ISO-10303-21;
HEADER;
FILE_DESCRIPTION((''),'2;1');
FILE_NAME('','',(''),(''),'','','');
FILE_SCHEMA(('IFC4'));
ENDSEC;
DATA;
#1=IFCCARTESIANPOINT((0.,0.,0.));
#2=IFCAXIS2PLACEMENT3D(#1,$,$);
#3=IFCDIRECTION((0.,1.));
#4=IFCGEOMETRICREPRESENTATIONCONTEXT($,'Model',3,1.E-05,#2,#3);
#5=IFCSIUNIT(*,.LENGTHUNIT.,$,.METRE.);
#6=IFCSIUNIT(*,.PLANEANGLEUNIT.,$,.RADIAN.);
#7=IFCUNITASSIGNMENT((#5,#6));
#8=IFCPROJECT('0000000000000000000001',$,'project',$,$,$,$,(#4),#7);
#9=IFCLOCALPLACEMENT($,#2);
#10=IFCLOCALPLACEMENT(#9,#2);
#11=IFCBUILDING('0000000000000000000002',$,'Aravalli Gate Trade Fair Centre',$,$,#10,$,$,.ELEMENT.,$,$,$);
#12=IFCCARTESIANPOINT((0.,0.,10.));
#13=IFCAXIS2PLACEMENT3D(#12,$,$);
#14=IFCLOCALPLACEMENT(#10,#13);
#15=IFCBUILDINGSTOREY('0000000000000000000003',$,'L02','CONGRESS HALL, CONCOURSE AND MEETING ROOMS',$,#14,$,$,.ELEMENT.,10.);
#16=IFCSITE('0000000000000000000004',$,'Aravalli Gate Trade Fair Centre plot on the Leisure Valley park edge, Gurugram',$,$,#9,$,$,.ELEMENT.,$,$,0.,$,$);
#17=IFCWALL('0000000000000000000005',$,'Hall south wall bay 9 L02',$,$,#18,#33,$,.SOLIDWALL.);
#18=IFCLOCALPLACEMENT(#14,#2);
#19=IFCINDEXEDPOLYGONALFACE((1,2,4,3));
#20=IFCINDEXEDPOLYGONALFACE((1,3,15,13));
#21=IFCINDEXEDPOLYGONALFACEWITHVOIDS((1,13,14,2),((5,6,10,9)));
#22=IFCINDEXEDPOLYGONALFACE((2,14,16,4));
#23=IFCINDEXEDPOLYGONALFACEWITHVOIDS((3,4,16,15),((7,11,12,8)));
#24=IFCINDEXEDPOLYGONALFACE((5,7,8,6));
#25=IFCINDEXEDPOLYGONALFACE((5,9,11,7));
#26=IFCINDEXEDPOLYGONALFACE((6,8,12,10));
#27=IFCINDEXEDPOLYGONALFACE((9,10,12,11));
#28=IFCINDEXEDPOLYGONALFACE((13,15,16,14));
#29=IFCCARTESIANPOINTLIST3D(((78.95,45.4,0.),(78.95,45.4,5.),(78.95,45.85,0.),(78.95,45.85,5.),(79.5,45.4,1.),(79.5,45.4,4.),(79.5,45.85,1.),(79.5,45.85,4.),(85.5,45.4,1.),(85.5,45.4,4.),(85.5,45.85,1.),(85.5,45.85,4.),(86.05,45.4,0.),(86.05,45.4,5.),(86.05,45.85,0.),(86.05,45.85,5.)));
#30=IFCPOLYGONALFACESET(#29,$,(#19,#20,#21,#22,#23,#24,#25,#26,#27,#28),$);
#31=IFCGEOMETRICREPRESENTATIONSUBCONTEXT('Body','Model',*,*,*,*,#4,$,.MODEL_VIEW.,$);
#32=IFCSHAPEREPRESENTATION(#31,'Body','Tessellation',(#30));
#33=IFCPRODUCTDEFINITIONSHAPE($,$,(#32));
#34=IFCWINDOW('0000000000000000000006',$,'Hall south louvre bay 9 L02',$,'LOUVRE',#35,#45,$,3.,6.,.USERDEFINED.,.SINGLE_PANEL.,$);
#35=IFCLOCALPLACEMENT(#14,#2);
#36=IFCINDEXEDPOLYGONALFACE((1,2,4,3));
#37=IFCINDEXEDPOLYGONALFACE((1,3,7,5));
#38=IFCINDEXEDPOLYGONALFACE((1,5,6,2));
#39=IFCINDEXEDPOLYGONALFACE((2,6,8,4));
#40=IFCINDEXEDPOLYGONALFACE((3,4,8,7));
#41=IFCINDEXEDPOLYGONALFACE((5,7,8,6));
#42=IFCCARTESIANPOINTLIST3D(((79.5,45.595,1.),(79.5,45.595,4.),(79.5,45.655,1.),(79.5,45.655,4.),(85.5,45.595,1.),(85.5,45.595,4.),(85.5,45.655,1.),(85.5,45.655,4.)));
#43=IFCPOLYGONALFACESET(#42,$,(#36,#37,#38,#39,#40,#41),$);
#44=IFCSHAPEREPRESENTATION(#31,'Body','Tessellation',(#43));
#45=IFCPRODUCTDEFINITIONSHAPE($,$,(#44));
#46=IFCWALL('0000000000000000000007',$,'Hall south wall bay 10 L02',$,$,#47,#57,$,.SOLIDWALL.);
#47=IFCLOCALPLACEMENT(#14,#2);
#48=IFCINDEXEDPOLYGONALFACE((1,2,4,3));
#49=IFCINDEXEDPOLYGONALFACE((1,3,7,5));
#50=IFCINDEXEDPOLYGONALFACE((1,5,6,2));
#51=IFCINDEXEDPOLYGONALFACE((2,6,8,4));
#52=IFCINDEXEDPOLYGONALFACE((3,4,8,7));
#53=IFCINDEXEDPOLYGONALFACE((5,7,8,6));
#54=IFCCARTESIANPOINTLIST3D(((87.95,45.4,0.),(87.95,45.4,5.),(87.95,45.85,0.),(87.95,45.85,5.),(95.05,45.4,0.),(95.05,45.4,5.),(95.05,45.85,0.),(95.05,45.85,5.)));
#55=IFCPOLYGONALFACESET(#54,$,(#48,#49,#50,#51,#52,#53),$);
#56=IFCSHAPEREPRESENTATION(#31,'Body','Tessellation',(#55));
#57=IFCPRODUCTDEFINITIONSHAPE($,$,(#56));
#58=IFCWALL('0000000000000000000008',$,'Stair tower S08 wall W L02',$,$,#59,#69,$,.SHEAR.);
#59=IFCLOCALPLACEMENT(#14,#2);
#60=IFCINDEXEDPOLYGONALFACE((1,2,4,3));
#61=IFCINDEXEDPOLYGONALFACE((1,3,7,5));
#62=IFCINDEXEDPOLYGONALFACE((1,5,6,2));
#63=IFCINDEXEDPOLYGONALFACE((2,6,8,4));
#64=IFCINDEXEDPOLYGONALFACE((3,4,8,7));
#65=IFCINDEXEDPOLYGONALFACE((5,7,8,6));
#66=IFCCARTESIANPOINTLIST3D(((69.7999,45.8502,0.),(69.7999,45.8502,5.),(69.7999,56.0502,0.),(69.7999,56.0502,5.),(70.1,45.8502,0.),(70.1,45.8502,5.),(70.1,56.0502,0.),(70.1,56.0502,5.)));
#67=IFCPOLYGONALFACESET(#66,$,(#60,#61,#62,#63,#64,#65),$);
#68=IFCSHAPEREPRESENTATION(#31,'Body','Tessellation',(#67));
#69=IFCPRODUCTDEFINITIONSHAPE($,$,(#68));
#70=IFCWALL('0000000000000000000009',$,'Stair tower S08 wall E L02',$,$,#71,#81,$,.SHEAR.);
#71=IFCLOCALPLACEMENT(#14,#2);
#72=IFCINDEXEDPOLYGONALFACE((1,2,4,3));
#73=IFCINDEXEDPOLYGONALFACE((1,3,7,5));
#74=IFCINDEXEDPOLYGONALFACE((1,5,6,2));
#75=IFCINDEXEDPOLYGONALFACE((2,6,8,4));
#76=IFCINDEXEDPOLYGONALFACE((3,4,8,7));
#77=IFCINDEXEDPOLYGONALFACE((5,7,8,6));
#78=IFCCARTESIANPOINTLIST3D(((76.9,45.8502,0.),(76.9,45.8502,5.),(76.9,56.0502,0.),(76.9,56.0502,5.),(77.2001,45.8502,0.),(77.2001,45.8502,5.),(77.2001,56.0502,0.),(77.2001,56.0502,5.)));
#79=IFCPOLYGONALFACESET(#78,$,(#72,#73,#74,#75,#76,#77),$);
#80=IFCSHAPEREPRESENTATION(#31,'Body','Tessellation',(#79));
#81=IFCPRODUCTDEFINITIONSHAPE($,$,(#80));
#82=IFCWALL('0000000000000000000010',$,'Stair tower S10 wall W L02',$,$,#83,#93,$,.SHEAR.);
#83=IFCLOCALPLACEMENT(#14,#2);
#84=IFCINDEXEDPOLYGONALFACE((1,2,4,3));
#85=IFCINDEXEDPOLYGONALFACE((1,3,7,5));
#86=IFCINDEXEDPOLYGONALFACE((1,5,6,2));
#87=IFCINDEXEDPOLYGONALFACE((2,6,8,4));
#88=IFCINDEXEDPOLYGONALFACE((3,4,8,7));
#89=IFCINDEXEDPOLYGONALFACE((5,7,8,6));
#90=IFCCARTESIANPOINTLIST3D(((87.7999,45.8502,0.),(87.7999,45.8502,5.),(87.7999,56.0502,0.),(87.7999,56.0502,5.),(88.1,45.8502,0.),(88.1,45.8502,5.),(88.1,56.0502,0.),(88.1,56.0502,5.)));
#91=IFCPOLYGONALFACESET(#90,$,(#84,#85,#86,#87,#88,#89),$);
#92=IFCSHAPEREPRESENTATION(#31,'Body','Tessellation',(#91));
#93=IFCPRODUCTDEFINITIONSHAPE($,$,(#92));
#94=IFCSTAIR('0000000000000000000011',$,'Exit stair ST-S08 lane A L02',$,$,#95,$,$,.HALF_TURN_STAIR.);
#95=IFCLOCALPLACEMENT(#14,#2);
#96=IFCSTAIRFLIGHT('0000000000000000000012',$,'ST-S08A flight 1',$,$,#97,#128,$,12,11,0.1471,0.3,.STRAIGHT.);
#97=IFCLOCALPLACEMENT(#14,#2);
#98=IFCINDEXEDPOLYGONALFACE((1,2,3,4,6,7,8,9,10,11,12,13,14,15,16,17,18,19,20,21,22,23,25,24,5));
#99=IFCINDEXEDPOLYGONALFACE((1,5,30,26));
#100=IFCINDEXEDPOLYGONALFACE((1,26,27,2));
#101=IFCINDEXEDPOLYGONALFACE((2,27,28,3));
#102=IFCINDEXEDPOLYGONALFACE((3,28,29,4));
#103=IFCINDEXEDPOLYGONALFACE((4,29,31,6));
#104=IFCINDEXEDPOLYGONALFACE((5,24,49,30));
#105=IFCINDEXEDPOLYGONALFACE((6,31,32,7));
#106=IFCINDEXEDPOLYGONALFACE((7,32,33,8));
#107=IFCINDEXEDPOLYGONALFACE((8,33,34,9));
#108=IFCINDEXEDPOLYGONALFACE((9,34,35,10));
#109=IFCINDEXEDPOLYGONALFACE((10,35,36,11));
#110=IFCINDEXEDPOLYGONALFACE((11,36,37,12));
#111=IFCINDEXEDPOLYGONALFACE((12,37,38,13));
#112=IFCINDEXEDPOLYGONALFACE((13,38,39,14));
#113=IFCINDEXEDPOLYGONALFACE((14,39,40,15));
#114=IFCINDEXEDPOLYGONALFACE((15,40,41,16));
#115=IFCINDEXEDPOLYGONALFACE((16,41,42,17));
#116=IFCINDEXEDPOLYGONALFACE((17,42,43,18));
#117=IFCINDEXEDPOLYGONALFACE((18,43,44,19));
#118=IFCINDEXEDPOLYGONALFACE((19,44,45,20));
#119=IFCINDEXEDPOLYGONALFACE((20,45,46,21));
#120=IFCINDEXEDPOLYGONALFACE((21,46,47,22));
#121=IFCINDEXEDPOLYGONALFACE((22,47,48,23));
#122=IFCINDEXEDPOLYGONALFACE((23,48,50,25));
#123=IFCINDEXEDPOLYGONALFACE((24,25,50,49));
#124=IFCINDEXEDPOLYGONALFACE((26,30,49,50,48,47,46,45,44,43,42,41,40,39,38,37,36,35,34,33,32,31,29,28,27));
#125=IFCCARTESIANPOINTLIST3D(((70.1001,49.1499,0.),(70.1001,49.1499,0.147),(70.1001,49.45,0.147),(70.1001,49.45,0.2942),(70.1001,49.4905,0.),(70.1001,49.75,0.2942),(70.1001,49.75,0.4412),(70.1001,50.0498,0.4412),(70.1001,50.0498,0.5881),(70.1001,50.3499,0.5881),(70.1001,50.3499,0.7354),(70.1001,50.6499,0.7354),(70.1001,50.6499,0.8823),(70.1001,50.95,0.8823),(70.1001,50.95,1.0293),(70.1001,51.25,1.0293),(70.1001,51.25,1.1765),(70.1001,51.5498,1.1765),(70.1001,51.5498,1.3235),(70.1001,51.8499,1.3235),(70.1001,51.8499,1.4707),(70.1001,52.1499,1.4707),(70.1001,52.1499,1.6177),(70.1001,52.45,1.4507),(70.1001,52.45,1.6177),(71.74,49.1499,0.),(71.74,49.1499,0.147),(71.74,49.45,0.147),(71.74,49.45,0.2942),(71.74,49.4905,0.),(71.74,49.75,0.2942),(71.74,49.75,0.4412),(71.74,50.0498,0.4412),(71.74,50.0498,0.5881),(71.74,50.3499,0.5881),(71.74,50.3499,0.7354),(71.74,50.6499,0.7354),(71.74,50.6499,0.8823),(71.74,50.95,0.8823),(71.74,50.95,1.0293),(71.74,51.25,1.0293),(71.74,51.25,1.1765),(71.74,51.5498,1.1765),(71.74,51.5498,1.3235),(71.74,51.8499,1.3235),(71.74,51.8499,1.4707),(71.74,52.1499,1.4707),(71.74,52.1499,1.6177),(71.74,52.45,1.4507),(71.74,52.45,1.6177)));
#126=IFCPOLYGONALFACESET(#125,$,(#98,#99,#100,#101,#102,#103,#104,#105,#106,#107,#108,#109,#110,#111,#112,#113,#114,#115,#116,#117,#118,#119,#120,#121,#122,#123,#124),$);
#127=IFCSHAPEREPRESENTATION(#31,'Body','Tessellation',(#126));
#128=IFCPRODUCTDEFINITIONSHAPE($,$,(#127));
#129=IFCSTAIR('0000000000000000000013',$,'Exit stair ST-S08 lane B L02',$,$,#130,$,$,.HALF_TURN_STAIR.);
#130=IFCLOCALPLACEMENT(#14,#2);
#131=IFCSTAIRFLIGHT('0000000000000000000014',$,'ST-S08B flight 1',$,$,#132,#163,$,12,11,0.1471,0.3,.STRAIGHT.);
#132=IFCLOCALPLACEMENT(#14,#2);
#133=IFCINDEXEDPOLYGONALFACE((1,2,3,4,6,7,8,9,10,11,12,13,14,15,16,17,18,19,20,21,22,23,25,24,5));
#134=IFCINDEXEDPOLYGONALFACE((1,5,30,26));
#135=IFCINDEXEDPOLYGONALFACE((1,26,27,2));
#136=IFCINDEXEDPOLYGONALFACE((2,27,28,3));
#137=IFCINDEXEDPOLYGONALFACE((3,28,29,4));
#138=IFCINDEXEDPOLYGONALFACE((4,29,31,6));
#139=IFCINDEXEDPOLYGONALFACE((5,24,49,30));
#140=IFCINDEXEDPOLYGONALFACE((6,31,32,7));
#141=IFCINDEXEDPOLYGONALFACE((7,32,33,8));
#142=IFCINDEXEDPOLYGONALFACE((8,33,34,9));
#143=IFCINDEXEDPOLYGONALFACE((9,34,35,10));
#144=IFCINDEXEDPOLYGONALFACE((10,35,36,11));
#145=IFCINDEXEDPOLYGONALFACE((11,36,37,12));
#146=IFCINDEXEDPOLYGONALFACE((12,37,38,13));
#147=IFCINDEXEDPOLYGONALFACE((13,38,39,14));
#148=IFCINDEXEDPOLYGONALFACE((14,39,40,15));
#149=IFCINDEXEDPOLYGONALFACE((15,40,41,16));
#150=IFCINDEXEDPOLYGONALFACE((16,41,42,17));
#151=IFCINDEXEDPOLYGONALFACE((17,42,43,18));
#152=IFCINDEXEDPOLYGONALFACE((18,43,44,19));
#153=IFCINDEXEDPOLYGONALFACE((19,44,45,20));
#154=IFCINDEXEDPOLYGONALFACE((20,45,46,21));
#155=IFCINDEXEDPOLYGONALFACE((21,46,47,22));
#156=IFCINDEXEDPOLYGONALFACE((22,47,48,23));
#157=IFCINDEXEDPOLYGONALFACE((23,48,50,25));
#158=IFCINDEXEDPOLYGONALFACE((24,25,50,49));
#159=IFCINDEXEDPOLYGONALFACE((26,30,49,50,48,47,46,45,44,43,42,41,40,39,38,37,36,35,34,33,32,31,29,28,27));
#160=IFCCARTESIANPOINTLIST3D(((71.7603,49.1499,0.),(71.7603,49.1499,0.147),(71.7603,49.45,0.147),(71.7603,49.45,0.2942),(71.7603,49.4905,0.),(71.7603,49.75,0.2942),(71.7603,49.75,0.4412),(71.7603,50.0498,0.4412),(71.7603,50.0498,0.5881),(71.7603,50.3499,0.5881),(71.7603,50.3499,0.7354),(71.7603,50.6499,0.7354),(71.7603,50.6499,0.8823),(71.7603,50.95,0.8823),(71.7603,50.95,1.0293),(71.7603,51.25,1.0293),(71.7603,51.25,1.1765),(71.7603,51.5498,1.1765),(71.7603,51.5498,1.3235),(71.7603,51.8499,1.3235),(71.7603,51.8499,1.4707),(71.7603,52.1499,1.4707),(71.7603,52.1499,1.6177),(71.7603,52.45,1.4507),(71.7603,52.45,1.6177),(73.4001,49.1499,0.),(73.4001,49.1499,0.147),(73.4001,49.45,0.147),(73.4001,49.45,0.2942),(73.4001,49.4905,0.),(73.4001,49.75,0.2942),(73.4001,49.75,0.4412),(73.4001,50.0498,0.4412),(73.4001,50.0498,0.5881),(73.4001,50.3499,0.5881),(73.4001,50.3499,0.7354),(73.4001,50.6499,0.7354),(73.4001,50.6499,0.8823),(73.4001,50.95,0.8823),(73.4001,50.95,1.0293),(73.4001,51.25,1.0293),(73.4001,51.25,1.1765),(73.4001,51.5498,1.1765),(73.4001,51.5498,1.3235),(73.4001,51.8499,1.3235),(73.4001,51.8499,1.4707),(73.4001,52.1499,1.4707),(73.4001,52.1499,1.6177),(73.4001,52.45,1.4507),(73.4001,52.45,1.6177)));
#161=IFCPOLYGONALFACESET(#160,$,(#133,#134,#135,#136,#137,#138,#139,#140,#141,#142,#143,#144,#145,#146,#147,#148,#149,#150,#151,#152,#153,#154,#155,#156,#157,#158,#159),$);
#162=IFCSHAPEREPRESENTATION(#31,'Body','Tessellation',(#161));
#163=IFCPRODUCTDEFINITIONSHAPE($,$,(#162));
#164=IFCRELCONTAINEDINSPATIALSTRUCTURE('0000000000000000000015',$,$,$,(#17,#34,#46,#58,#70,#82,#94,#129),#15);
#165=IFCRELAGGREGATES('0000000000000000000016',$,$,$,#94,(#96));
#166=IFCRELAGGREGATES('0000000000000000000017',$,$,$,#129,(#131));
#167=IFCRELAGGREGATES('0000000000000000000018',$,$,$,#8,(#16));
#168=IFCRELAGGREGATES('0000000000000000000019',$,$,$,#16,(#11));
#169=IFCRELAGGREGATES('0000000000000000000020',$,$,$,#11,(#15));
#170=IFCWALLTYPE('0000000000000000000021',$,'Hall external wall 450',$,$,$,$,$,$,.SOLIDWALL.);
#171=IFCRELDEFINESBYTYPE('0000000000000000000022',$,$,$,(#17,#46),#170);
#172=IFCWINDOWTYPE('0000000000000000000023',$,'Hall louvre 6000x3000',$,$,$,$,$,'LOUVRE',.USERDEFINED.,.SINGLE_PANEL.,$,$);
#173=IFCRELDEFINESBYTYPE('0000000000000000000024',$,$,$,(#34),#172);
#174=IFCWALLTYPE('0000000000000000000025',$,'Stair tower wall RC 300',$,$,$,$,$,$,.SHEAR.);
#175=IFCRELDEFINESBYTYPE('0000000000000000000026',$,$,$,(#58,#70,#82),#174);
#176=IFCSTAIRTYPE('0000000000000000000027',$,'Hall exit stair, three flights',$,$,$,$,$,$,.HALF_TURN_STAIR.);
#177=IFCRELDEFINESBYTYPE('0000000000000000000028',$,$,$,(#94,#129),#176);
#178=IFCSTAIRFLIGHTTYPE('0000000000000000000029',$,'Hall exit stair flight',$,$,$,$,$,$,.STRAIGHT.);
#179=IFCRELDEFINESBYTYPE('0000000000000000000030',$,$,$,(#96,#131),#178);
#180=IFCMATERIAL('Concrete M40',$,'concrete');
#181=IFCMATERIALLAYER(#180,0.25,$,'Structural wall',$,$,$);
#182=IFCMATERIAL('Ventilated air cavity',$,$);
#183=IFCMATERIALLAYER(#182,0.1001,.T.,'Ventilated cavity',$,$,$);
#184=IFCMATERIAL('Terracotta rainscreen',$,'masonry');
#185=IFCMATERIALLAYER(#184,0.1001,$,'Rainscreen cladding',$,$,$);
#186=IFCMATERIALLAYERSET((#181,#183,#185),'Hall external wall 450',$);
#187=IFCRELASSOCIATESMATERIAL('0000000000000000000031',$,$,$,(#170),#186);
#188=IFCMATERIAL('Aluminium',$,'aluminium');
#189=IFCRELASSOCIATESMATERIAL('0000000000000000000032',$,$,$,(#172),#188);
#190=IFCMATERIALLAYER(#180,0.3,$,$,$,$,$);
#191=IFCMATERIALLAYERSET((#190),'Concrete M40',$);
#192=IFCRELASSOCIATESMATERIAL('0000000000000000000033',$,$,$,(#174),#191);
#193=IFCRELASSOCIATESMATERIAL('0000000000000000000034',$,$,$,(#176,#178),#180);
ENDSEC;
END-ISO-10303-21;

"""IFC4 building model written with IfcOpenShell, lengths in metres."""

from ifc_helpers import new_model, si_unit, direction, frame, frame_2d, origin, place, context, subcontext, project, spatial, polyline, rectangle, outline, extrude, material, layer, layer_set, type_object, element, fill, aggregate, save


model = new_model("IFC4")

# Units and contexts
model_context = context("Model", 3, precision=1e-05, world=origin(), true_north=direction((0.0, 1.0)))
body_context = subcontext(model_context, "Body", "Model", "MODEL_VIEW")
ifc_project = project(units=[si_unit("LENGTHUNIT", "METRE"), si_unit("PLANEANGLEUNIT", "RADIAN")], contexts=[model_context])

# Site, building, storey
site_placement = place(None, origin())
site = spatial("IfcSite", under=ifc_project, at=site_placement, Name="Aravalli Gate Trade Fair Centre plot on the Leisure Valley park edge, Gurugram", CompositionType="ELEMENT", RefElevation=0.0)
building_placement = place(site_placement, origin())
building = spatial("IfcBuilding", under=site, at=building_placement, Name="Aravalli Gate Trade Fair Centre", CompositionType="ELEMENT")
storey_placement = place(building_placement, frame((0.0, 0.0, 10.0)))
storey = spatial("IfcBuildingStorey", under=building, at=storey_placement, Name="L02", Description="CONGRESS HALL, CONCOURSE AND MEETING ROOMS", CompositionType="ELEMENT", Elevation=10.0)

# Shared definitions
ifc_material_1 = material(Name="Concrete M40", Category="concrete")
ifc_layer_1 = layer(ifc_material_1, 0.25, Name="Structural wall")
ifc_material_2 = material(Name="Ventilated air cavity")
ifc_layer_2 = layer(ifc_material_2, 0.1001, ventilated=True, Name="Ventilated cavity")
ifc_material_3 = material(Name="Terracotta rainscreen", Category="masonry")
ifc_layer_3 = layer(ifc_material_3, 0.1001, Name="Rainscreen cladding")
ifc_layer_set_1 = layer_set([ifc_layer_1, ifc_layer_2, ifc_layer_3], Name="Hall external wall 450")
wall_type_1 = type_object("IfcWallType", Name="Hall external wall 450", PredefinedType="SOLIDWALL", material=ifc_layer_set_1)

# Wall, opening, window
wall_1_placement = place(storey_placement, frame((78.95, 45.625, 0.0), z_axis=(0.0, 0.0, 1.0), x_axis=(1.0, 0.0, 0.0)))
wall_1 = element("IfcWall", 1, at=wall_1_placement, inside=storey, type_object=wall_type_1, Name="Hall south wall bay 9 L02", PredefinedType="SOLIDWALL", context=body_context, shape_type="SweptSolid", body=[
    extrude(rectangle(XDim=7.1001, YDim=0.45, at=frame_2d((3.55, 0.0))), origin(), (0.0, 0.0, 1.0), 5.0),
])
opening_placement = place(wall_1_placement, frame((0.55, 0.0, 1.0)))
opening = element("IfcOpeningElement", 2, at=opening_placement, cuts=wall_1, PredefinedType="OPENING", context=body_context, shape_type="SweptSolid", body=[
    extrude(rectangle(XDim=6.0, YDim=3.0, at=frame_2d((3.0, 1.5))), frame((0.0, 0.2349, 0.0), z_axis=(0.0, -1.0, 0.0), x_axis=(1.0, 0.0, 0.0)), (0.0, 0.0, 1.0), 0.47),
])
ifc_material_4 = material(Name="Aluminium", Category="aluminium")
window_type = type_object("IfcWindowType", Name="Hall louvre 6000x3000", ElementType="LOUVRE", PartitioningType="SINGLE_PANEL", PredefinedType="USERDEFINED", material=ifc_material_4)
window_placement = place(opening_placement, origin())
window = element("IfcWindow", 3, at=window_placement, inside=storey, type_object=window_type, Name="Hall south louvre bay 9 L02", ObjectType="LOUVRE", OverallHeight=3.0, OverallWidth=6.0, PartitioningType="SINGLE_PANEL", PredefinedType="USERDEFINED", context=body_context, shape_type="SweptSolid", body=[
    extrude(rectangle(XDim=6.0, YDim=3.0, at=frame_2d((3.0, 1.5))), frame((0.0, 0.03, 0.0), z_axis=(0.0, -1.0, 0.0), x_axis=(1.0, 0.0, 0.0)), (0.0, 0.0, 1.0), 0.0601),
])
fill(opening, window)

# Walls
wall_2_placement = place(storey_placement, frame((87.95, 45.625, 0.0), z_axis=(0.0, 0.0, 1.0), x_axis=(1.0, 0.0, 0.0)))
element("IfcWall", 4, at=wall_2_placement, inside=storey, type_object=wall_type_1, Name="Hall south wall bay 10 L02", PredefinedType="SOLIDWALL", context=body_context, shape_type="SweptSolid", body=[
    extrude(rectangle(XDim=7.1001, YDim=0.45, at=frame_2d((3.55, 0.0))), origin(), (0.0, 0.0, 1.0), 5.0),
])
ifc_layer_4 = layer(ifc_material_1, 0.3)
ifc_layer_set_2 = layer_set([ifc_layer_4], Name="Concrete M40")
wall_type_2 = type_object("IfcWallType", Name="Stair tower wall RC 300", PredefinedType="SHEAR", material=ifc_layer_set_2)
for number, where, z_axis, x_axis, name in (
    (5, (69.95, 45.8501, 0.0), (0.0, 0.0, 1.0), (0.0, 1.0, 0.0), "Stair tower S08 wall W L02"),
    (6, (77.05, 45.8501, 0.0), (0.0, 0.0, 1.0), (0.0, 1.0, 0.0), "Stair tower S08 wall E L02"),
    (7, (87.95, 45.8501, 0.0), (0.0, 0.0, 1.0), (0.0, 1.0, 0.0), "Stair tower S10 wall W L02"),
):
    element("IfcWall", number, at=place(storey_placement, frame(where, z_axis=z_axis, x_axis=x_axis)), inside=storey, type_object=wall_type_2, Name=name, PredefinedType="SHEAR", context=body_context, shape_type="SweptSolid", body=[
        extrude(rectangle(XDim=10.2, YDim=0.3, at=frame_2d((5.1001, 0.0))), origin(), (0.0, 0.0, 1.0), 5.0),
    ])

# Stairs, stair flights
stair_type = type_object("IfcStairType", Name="Hall exit stair, three flights", PredefinedType="HALF_TURN_STAIR", material=ifc_material_1)
stair_1_placement = place(storey_placement, origin())
stair_1 = element("IfcStair", 8, at=stair_1_placement, inside=storey, type_object=stair_type, Name="Exit stair ST-S08 lane A L02", PredefinedType="HALF_TURN_STAIR")
stair_flight_type = type_object("IfcStairFlightType", Name="Hall exit stair flight", PredefinedType="STRAIGHT", material=ifc_material_1)
stair_flight_1_placement = place(storey_placement, frame((70.9199, 49.1499, 0.0), z_axis=(0.0, 0.0, 1.0), x_axis=(0.0, 1.0, 0.0)))
stair_flight_1 = element("IfcStairFlight", 9, at=stair_flight_1_placement, type_object=stair_flight_type, Name="ST-S08A flight 1", NumberOfRisers=12, NumberOfTreads=11, PredefinedType="STRAIGHT", RiserHeight=0.1471, TreadLength=0.3, context=body_context, shape_type="SweptSolid", body=[
    extrude(outline(polyline([(0.0, 0.0), (0.0, 0.147), (0.3, 0.147), (0.3, 0.2942), (0.6001, 0.2942), (0.6001, 0.4412), (0.8999, 0.4412), (0.8999, 0.5881), (1.2, 0.5881), (1.2, 0.7354), (1.5, 0.7354), (1.5, 0.8823), (1.8, 0.8823), (1.8, 1.0293), (2.1001, 1.0293), (2.1001, 1.1765), (2.3999, 1.1765), (2.3999, 1.3235), (2.7, 1.3235), (2.7, 1.4707), (3.0, 1.4707), (3.0, 1.6177), (3.3, 1.6177), (3.3, 1.7646), (3.3, 1.4507), (0.3406, 0.0), (0.0, 0.0)])), frame((0.0, 0.8198, 0.0), z_axis=(0.0, -1.0, 0.0), x_axis=(1.0, 0.0, 0.0)), (0.0, 0.0, 1.0), 1.6399),
])
aggregate(stair_1, [stair_flight_1])
stair_2_placement = place(storey_placement, origin())
stair_2 = element("IfcStair", 10, at=stair_2_placement, inside=storey, type_object=stair_type, Name="Exit stair ST-S08 lane B L02", PredefinedType="HALF_TURN_STAIR")
stair_flight_2_placement = place(storey_placement, frame((72.5801, 49.1499, 0.0), z_axis=(0.0, 0.0, 1.0), x_axis=(0.0, 1.0, 0.0)))
stair_flight_2 = element("IfcStairFlight", 11, at=stair_flight_2_placement, type_object=stair_flight_type, Name="ST-S08B flight 1", NumberOfRisers=12, NumberOfTreads=11, PredefinedType="STRAIGHT", RiserHeight=0.1471, TreadLength=0.3, context=body_context, shape_type="SweptSolid", body=[
    extrude(outline(polyline([(0.0, 0.0), (0.0, 0.147), (0.3, 0.147), (0.3, 0.2942), (0.6001, 0.2942), (0.6001, 0.4412), (0.8999, 0.4412), (0.8999, 0.5881), (1.2, 0.5881), (1.2, 0.7354), (1.5, 0.7354), (1.5, 0.8823), (1.8, 0.8823), (1.8, 1.0293), (2.1001, 1.0293), (2.1001, 1.1765), (2.3999, 1.1765), (2.3999, 1.3235), (2.7, 1.3235), (2.7, 1.4707), (3.0, 1.4707), (3.0, 1.6177), (3.3, 1.6177), (3.3, 1.7646), (3.3, 1.4507), (0.3406, 0.0), (0.0, 0.0)])), frame((0.0, 0.8198, 0.0), z_axis=(0.0, -1.0, 0.0), x_axis=(1.0, 0.0, 0.0)), (0.0, 0.0, 1.0), 1.6399),
])
aggregate(stair_2, [stair_flight_2])

save(model, "model.ifc")
